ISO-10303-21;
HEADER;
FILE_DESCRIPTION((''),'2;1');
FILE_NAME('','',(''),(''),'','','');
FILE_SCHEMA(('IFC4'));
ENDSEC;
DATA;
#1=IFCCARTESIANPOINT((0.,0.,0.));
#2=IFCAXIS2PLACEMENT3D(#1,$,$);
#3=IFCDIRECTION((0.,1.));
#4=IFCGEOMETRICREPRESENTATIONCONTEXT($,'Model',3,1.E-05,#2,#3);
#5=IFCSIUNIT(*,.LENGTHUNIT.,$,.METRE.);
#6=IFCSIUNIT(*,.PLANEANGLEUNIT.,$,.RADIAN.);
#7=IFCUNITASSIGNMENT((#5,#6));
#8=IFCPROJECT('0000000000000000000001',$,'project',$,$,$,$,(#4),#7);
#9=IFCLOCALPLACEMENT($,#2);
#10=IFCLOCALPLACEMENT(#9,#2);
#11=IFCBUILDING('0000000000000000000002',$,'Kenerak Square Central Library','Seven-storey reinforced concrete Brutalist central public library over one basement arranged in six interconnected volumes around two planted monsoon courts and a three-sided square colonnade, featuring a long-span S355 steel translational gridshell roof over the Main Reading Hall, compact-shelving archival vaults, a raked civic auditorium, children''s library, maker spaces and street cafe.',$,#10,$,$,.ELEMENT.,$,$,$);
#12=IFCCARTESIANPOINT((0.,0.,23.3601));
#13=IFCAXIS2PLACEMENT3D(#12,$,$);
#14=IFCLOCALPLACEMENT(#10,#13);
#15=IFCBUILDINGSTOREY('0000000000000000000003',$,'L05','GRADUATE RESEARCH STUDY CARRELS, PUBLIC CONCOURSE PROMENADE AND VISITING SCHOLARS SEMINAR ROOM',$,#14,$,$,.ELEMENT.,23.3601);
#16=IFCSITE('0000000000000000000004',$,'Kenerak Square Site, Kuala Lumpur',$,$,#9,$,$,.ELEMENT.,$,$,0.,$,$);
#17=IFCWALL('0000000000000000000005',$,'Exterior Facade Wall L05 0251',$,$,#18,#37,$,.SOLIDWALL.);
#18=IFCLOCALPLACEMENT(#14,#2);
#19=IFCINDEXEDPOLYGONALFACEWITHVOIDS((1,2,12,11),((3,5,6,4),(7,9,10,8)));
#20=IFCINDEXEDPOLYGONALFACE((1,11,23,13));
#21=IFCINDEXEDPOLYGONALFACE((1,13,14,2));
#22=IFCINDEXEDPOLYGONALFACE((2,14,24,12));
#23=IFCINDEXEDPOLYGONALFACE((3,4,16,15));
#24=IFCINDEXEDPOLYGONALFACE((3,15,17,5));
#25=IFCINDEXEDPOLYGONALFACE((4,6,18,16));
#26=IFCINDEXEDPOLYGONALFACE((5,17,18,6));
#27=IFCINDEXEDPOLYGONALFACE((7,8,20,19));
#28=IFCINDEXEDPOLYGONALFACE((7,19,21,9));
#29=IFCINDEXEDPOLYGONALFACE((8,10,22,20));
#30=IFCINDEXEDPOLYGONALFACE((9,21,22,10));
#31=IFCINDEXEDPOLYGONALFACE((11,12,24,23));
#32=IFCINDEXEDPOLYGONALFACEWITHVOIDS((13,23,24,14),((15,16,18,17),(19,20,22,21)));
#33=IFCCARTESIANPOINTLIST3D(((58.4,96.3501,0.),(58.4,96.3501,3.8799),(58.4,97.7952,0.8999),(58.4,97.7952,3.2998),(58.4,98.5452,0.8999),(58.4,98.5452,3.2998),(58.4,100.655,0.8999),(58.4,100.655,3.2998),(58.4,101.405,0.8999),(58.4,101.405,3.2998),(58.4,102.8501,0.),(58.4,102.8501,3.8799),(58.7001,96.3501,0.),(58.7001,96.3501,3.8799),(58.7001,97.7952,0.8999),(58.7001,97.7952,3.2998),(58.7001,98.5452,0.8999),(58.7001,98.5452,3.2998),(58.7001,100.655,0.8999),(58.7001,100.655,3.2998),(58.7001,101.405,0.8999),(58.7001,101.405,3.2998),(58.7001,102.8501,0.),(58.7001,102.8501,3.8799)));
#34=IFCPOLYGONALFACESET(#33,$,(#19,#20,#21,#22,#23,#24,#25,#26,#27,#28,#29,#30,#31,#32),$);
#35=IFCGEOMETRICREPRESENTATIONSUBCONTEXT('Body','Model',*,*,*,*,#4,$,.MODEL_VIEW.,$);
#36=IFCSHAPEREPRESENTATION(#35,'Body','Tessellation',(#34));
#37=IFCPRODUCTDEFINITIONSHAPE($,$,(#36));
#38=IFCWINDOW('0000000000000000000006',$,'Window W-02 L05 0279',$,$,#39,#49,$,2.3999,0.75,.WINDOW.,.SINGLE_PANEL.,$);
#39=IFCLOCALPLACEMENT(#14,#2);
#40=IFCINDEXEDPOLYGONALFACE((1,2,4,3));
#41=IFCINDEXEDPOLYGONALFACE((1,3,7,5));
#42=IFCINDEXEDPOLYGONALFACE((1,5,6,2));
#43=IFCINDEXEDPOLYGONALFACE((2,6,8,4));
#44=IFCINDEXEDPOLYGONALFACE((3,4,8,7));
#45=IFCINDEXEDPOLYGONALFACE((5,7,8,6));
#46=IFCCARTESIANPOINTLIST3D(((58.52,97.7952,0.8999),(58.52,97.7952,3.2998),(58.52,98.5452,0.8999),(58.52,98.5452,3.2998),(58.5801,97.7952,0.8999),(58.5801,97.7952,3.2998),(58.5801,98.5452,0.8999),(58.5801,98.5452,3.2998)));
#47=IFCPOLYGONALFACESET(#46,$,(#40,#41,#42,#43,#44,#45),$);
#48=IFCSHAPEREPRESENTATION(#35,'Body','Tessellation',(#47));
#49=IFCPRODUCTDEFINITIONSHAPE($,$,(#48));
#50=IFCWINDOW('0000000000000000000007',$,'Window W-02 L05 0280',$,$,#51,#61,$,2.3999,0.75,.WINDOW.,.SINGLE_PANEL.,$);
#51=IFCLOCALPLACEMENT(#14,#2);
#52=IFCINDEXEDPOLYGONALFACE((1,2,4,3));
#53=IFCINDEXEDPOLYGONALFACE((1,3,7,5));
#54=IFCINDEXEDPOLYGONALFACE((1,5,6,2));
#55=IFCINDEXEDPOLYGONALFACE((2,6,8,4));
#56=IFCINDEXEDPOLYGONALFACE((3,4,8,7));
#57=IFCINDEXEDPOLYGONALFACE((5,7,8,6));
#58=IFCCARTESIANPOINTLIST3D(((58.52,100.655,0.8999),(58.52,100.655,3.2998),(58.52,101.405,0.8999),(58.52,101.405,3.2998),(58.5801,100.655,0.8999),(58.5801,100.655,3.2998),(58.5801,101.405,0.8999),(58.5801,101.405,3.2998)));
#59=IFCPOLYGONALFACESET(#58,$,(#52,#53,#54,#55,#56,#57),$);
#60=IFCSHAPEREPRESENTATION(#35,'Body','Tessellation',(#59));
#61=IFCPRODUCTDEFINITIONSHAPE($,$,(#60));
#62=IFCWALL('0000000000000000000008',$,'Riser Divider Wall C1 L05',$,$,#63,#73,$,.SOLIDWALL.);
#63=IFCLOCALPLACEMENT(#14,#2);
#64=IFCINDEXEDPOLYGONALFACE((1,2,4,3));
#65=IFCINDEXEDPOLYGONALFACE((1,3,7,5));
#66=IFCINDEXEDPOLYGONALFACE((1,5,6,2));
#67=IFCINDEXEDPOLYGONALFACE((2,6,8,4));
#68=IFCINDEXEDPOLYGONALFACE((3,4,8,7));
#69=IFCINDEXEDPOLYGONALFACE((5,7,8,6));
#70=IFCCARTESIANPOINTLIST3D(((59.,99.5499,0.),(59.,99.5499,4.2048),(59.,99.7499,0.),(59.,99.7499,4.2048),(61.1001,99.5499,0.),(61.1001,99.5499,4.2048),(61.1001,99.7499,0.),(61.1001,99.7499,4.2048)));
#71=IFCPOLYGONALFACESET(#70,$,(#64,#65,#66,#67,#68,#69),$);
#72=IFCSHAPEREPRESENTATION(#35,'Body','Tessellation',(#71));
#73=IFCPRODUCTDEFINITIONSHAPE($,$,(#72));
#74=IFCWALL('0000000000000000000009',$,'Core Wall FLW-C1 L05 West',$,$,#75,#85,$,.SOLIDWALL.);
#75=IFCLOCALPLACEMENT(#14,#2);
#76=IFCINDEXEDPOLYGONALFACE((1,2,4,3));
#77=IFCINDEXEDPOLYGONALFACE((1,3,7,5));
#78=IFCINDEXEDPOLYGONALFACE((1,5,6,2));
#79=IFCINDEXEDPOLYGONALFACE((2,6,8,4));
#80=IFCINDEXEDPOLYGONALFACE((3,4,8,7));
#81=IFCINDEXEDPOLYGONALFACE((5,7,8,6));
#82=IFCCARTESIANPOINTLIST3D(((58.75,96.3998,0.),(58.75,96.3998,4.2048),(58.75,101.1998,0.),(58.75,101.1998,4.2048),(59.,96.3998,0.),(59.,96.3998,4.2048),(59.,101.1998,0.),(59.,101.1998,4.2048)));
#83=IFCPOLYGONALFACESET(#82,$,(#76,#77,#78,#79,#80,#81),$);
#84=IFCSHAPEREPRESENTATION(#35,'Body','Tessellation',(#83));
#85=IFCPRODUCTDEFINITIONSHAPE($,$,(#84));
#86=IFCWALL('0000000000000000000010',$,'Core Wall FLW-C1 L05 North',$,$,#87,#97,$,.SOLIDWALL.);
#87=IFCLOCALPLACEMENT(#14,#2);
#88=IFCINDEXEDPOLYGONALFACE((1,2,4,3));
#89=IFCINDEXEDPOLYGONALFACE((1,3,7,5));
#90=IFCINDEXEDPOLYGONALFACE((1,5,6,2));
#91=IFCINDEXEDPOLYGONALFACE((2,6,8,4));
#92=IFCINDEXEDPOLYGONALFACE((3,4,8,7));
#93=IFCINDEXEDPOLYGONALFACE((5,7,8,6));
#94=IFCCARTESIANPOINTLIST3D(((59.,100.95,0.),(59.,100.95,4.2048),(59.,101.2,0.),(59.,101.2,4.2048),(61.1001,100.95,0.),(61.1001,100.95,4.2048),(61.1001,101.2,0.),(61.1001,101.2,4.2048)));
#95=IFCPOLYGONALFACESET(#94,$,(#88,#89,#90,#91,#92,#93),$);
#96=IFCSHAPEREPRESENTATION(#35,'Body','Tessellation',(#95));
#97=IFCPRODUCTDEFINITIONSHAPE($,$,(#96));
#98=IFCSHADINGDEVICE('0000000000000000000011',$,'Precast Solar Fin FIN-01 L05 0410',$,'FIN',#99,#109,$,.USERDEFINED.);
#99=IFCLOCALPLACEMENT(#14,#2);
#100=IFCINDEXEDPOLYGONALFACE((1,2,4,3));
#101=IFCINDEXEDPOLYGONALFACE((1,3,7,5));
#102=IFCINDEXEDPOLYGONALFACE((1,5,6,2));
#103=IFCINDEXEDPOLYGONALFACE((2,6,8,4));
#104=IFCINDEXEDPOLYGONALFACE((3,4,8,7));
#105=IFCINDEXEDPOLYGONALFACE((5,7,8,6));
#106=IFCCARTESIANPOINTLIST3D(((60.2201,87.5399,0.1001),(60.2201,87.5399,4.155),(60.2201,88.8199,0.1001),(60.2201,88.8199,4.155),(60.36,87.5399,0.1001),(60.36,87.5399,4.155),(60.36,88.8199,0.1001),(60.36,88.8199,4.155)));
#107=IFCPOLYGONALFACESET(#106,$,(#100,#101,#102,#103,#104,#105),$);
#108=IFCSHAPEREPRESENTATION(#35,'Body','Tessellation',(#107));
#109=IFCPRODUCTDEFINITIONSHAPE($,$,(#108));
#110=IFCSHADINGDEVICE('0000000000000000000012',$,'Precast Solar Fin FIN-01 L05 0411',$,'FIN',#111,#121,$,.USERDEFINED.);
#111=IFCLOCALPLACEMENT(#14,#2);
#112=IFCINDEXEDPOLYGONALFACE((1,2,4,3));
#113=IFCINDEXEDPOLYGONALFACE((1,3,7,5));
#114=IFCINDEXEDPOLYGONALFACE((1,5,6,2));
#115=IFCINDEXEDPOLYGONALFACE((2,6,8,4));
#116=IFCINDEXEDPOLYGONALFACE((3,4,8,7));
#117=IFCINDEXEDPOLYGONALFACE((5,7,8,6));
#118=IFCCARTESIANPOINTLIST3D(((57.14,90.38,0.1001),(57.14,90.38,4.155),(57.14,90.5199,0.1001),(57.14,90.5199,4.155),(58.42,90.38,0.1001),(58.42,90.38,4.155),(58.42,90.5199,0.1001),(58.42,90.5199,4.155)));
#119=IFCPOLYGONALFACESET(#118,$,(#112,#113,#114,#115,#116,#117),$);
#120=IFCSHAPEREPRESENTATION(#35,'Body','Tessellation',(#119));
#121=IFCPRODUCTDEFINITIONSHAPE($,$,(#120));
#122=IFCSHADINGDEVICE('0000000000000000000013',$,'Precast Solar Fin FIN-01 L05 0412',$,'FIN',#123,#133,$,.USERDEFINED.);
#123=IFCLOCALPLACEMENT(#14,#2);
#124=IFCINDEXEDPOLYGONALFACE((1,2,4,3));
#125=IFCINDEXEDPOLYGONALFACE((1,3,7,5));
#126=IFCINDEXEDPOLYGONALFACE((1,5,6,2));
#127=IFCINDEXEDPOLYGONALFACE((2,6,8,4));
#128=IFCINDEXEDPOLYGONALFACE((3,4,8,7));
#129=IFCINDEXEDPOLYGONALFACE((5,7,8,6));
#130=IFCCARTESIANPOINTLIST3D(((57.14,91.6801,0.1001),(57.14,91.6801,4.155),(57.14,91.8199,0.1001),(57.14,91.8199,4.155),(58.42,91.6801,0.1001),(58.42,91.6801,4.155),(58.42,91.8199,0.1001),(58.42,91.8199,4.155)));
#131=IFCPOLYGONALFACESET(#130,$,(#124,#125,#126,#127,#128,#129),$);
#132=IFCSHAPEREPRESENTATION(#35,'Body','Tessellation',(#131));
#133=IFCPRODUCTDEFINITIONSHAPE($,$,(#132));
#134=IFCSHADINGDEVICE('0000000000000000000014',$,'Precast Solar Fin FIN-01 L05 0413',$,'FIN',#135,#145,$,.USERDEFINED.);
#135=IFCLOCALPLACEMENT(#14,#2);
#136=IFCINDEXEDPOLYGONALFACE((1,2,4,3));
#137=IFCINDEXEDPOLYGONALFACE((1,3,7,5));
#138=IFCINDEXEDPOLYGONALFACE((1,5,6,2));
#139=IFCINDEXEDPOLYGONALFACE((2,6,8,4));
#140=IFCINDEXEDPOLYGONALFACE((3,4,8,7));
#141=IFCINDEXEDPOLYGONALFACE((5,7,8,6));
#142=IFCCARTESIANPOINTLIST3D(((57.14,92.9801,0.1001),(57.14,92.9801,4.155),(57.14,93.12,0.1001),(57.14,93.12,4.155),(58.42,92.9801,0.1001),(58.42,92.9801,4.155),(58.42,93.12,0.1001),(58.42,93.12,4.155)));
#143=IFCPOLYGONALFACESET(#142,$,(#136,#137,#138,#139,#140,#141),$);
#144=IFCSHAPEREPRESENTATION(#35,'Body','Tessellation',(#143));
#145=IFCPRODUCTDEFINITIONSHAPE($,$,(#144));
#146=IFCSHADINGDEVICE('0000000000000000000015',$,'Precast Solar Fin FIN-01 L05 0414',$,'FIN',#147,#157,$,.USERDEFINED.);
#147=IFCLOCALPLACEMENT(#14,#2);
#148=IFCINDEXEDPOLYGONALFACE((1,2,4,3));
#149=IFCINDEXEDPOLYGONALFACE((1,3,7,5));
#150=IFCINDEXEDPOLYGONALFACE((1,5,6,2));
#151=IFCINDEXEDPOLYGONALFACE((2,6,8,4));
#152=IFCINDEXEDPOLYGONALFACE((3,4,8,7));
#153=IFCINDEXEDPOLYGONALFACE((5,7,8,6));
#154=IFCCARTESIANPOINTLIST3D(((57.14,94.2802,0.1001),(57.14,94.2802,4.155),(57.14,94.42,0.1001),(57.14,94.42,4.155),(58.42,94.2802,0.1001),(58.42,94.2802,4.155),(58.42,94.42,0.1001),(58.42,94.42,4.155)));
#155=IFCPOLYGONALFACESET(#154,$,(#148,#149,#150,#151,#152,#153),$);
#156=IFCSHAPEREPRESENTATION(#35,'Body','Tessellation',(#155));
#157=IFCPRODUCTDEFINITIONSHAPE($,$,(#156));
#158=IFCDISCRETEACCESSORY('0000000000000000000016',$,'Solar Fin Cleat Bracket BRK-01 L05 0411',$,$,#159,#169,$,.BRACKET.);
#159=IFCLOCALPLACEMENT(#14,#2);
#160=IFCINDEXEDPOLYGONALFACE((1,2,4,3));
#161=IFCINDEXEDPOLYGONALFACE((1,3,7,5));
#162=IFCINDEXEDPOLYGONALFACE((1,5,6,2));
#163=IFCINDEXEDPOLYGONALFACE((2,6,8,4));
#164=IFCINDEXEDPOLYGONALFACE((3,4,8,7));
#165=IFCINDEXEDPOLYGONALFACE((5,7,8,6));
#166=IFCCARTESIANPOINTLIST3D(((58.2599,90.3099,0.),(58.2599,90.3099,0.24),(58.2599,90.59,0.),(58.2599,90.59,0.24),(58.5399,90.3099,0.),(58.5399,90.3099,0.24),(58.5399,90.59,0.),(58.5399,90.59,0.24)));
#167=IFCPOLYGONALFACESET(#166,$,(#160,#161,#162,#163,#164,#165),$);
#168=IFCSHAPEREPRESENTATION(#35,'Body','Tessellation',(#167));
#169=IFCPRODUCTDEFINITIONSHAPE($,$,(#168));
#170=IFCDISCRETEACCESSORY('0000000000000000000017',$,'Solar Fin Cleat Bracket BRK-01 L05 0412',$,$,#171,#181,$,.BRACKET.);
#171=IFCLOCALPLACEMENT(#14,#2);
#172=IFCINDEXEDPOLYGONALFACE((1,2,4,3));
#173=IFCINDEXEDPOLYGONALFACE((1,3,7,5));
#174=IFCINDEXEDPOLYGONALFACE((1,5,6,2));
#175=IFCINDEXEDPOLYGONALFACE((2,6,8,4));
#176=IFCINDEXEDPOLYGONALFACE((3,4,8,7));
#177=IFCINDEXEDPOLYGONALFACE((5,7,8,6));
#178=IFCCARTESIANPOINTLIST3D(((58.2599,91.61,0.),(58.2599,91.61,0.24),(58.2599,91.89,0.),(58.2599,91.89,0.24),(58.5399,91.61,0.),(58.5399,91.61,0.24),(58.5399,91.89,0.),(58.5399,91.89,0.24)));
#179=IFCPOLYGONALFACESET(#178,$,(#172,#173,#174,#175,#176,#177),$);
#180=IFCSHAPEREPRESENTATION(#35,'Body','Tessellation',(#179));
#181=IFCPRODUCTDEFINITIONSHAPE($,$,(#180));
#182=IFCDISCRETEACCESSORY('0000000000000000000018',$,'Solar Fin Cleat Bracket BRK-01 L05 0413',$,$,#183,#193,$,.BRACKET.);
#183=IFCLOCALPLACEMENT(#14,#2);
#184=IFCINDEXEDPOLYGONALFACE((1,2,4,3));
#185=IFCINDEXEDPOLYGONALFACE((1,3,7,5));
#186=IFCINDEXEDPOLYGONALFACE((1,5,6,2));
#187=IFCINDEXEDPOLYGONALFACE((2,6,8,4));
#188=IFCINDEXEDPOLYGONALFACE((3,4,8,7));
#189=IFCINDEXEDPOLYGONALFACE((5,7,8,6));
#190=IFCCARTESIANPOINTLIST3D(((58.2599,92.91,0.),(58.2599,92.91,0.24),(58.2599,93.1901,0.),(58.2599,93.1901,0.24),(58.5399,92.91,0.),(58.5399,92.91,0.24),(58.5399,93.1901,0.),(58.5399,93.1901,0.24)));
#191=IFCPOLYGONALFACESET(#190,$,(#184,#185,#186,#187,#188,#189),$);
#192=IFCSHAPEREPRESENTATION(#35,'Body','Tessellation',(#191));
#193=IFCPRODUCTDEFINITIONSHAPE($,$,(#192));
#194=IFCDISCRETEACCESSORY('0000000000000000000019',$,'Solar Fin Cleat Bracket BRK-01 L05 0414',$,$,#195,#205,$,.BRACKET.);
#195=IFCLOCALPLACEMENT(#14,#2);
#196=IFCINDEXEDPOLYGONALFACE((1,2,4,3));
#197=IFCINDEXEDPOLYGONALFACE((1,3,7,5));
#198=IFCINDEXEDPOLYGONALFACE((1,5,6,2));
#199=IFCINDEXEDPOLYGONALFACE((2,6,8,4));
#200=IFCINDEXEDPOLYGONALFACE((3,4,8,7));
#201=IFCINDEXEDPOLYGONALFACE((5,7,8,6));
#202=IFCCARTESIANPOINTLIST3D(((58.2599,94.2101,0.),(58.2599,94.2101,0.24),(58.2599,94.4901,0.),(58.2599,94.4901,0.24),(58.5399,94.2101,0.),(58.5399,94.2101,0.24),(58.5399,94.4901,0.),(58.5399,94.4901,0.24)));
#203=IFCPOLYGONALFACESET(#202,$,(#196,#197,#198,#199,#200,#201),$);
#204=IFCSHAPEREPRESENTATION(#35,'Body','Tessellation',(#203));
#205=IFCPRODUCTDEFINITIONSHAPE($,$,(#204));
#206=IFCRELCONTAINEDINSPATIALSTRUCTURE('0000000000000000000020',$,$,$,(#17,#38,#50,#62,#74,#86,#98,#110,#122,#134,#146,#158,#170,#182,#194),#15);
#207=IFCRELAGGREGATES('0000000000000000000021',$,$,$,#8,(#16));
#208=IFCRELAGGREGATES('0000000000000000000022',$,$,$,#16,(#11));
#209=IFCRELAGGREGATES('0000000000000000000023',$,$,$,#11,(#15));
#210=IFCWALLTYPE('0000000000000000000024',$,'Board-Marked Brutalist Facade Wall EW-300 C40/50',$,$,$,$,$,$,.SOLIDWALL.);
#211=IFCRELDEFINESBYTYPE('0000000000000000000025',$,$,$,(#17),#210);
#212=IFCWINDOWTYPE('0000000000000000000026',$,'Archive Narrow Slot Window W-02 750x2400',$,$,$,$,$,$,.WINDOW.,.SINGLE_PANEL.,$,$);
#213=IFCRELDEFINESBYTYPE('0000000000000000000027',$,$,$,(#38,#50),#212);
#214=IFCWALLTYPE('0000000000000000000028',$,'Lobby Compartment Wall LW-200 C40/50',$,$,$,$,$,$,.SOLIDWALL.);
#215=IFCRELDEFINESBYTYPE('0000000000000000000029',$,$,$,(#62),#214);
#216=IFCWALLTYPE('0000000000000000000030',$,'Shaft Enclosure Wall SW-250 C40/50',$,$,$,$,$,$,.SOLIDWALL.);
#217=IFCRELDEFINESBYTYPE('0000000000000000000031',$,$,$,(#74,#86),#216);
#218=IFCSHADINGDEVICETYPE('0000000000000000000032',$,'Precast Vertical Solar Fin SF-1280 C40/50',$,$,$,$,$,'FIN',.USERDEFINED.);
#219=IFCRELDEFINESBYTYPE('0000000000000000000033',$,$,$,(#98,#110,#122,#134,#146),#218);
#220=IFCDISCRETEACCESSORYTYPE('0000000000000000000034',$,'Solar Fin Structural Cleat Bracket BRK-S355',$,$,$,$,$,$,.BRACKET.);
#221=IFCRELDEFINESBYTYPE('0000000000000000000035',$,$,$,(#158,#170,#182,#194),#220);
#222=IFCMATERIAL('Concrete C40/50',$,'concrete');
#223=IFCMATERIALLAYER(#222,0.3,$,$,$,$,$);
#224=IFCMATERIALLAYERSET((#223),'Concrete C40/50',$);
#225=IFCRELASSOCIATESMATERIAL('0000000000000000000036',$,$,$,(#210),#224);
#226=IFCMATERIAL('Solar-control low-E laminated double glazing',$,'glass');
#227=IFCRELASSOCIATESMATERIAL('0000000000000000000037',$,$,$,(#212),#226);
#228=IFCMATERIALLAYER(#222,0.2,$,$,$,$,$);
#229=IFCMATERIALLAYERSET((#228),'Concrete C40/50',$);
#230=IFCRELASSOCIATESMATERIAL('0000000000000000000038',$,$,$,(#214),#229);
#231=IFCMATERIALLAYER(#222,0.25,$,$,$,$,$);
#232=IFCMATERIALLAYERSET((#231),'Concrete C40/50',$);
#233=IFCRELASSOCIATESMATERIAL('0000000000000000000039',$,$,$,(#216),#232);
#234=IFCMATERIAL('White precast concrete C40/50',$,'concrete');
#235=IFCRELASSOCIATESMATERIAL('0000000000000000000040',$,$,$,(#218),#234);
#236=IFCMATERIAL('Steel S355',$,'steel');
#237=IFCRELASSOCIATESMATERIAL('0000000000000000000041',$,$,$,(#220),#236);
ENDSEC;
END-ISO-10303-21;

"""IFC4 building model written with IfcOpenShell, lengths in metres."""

from ifc_helpers import new_model, si_unit, direction, frame, frame_2d, origin, origin_2d, place, context, subcontext, project, spatial, rectangle, extrude, material, layer, layer_set, type_object, element, fill, save


model = new_model("IFC4")

# Units and contexts
model_context = context("Model", 3, precision=1e-05, world=origin(), true_north=direction((0.0, 1.0)))
body_context = subcontext(model_context, "Body", "Model", "MODEL_VIEW")
ifc_project = project(units=[si_unit("LENGTHUNIT", "METRE"), si_unit("PLANEANGLEUNIT", "RADIAN")], contexts=[model_context])

# Site, building, storey
site_placement = place(None, origin())
site = spatial("IfcSite", under=ifc_project, at=site_placement, Name="Kenerak Square Site, Kuala Lumpur", CompositionType="ELEMENT", RefElevation=0.0)
building_placement = place(site_placement, origin())
building = spatial("IfcBuilding", under=site, at=building_placement, Name="Kenerak Square Central Library", Description="Seven-storey reinforced concrete Brutalist central public library over one basement arranged in six interconnected volumes around two planted monsoon courts and a three-sided square colonnade, featuring a long-span S355 steel translational gridshell roof over the Main Reading Hall, compact-shelving archival vaults, a raked civic auditorium, children's library, maker spaces and street cafe.", CompositionType="ELEMENT")
storey_placement = place(building_placement, frame((0.0, 0.0, 23.3601)))
storey = spatial("IfcBuildingStorey", under=building, at=storey_placement, Name="L05", Description="GRADUATE RESEARCH STUDY CARRELS, PUBLIC CONCOURSE PROMENADE AND VISITING SCHOLARS SEMINAR ROOM", CompositionType="ELEMENT", Elevation=23.3601)

# Shared definitions
ifc_material_1 = material(Name="Concrete C40/50", Category="concrete")

# Wall, openings, windows
ifc_layer_1 = layer(ifc_material_1, 0.3)
ifc_layer_set_1 = layer_set([ifc_layer_1], Name="Concrete C40/50")
wall_type_1 = type_object("IfcWallType", Name="Board-Marked Brutalist Facade Wall EW-300 C40/50", PredefinedType="SOLIDWALL", material=ifc_layer_set_1)
ifc_material_2 = material(Name="Solar-control low-E laminated double glazing", Category="glass")
wall_1_placement = place(storey_placement, frame((58.55, 96.3501, 0.0), z_axis=(0.0, 0.0, 1.0), x_axis=(0.0, 1.0, 0.0)))
wall_1 = element("IfcWall", 1, at=wall_1_placement, inside=storey, type_object=wall_type_1, Name="Exterior Facade Wall L05 0251", PredefinedType="SOLIDWALL", context=body_context, shape_type="SweptSolid", body=[
    extrude(rectangle(XDim=6.5, YDim=0.3, at=frame_2d((3.25, 0.0))), origin(), (0.0, 0.0, 1.0), 3.8799),
])
opening_1_placement = place(wall_1_placement, frame((1.4451, 0.0, 0.8999)))
opening_1 = element("IfcOpeningElement", 2, at=opening_1_placement, cuts=wall_1, PredefinedType="OPENING", context=body_context, shape_type="SweptSolid", body=[
    extrude(rectangle(XDim=0.75, YDim=2.3999, at=frame_2d((0.375, 1.2))), frame((0.0, 0.1599, 0.0), z_axis=(0.0, -1.0, 0.0), x_axis=(1.0, 0.0, 0.0)), (0.0, 0.0, 1.0), 0.3201),
])
opening_2_placement = place(wall_1_placement, frame((4.3049, 0.0, 0.8999)))
opening_2 = element("IfcOpeningElement", 3, at=opening_2_placement, cuts=wall_1, PredefinedType="OPENING", context=body_context, shape_type="SweptSolid", body=[
    extrude(rectangle(XDim=0.75, YDim=2.3999, at=frame_2d((0.375, 1.2))), frame((0.0, 0.1599, 0.0), z_axis=(0.0, -1.0, 0.0), x_axis=(1.0, 0.0, 0.0)), (0.0, 0.0, 1.0), 0.3201),
])
window_type_1 = type_object("IfcWindowType", Name="Archive Narrow Slot Window W-02 750x2400", PartitioningType="SINGLE_PANEL", PredefinedType="WINDOW", material=ifc_material_2)
window_1_placement = place(opening_1_placement, origin())
window_1 = element("IfcWindow", 4, at=window_1_placement, inside=storey, type_object=window_type_1, Name="Window W-02 L05 0279", OverallHeight=2.3999, OverallWidth=0.75, PartitioningType="SINGLE_PANEL", PredefinedType="WINDOW", context=body_context, shape_type="SweptSolid", body=[
    extrude(rectangle(XDim=0.75, YDim=2.3999, at=frame_2d((0.375, 1.2))), frame((0.0, 0.03, 0.0), z_axis=(0.0, -1.0, 0.0), x_axis=(1.0, 0.0, 0.0)), (0.0, 0.0, 1.0), 0.0601),
])
fill(opening_1, window_1)
window_2_placement = place(opening_2_placement, origin())
window_2 = element("IfcWindow", 5, at=window_2_placement, inside=storey, type_object=window_type_1, Name="Window W-02 L05 0280", OverallHeight=2.3999, OverallWidth=0.75, PartitioningType="SINGLE_PANEL", PredefinedType="WINDOW", context=body_context, shape_type="SweptSolid", body=[
    extrude(rectangle(XDim=0.75, YDim=2.3999, at=frame_2d((0.375, 1.2))), frame((0.0, 0.03, 0.0), z_axis=(0.0, -1.0, 0.0), x_axis=(1.0, 0.0, 0.0)), (0.0, 0.0, 1.0), 0.0601),
])
fill(opening_2, window_2)

# Walls
ifc_layer_2 = layer(ifc_material_1, 0.2)
ifc_layer_set_2 = layer_set([ifc_layer_2], Name="Concrete C40/50")
wall_type_2 = type_object("IfcWallType", Name="Lobby Compartment Wall LW-200 C40/50", PredefinedType="SOLIDWALL", material=ifc_layer_set_2)
wall_2_placement = place(storey_placement, frame((59.0, 99.6499, 0.0), z_axis=(0.0, 0.0, 1.0), x_axis=(1.0, 0.0, 0.0)))
element("IfcWall", 6, at=wall_2_placement, inside=storey, type_object=wall_type_2, Name="Riser Divider Wall C1 L05", PredefinedType="SOLIDWALL", context=body_context, shape_type="SweptSolid", body=[
    extrude(rectangle(XDim=2.1001, YDim=0.2, at=frame_2d((1.05, 0.0))), origin(), (0.0, 0.0, 1.0), 4.2048),
])
ifc_layer_3 = layer(ifc_material_1, 0.25)
ifc_layer_set_3 = layer_set([ifc_layer_3], Name="Concrete C40/50")
wall_type_3 = type_object("IfcWallType", Name="Shaft Enclosure Wall SW-250 C40/50", PredefinedType="SOLIDWALL", material=ifc_layer_set_3)
wall_3_placement = place(storey_placement, frame((58.875, 96.3999, 0.0), z_axis=(0.0, 0.0, 1.0), x_axis=(0.0, 1.0, 0.0)))
element("IfcWall", 7, at=wall_3_placement, inside=storey, type_object=wall_type_3, Name="Core Wall FLW-C1 L05 West", PredefinedType="SOLIDWALL", context=body_context, shape_type="SweptSolid", body=[
    extrude(rectangle(XDim=4.8, YDim=0.25, at=frame_2d((2.3999, 0.0))), origin(), (0.0, 0.0, 1.0), 4.2048),
])
wall_4_placement = place(storey_placement, frame((59.0, 101.075, 0.0), z_axis=(0.0, 0.0, 1.0), x_axis=(1.0, 0.0, 0.0)))
element("IfcWall", 8, at=wall_4_placement, inside=storey, type_object=wall_type_3, Name="Core Wall FLW-C1 L05 North", PredefinedType="SOLIDWALL", context=body_context, shape_type="SweptSolid", body=[
    extrude(rectangle(XDim=2.1001, YDim=0.25, at=frame_2d((1.05, 0.0))), origin(), (0.0, 0.0, 1.0), 4.2048),
])

# Shading devices
ifc_material_3 = material(Name="White precast concrete C40/50", Category="concrete")
shading_device_type = type_object("IfcShadingDeviceType", Name="Precast Vertical Solar Fin SF-1280 C40/50", ElementType="FIN", PredefinedType="USERDEFINED", material=ifc_material_3)
for number, where, z_axis, x_axis, name in (
    (9, (60.29, 88.1799, 0.1001), (0.0, 0.0, 1.0), (-1.0, 0.0, 0.0), "Precast Solar Fin FIN-01 L05 0410"),
    (10, (57.78, 90.45, 0.1001), (0.0, 0.0, 1.0), (0.0, 1.0, 0.0), "Precast Solar Fin FIN-01 L05 0411"),
    (11, (57.78, 91.75, 0.1001), (0.0, 0.0, 1.0), (0.0, 1.0, 0.0), "Precast Solar Fin FIN-01 L05 0412"),
    (12, (57.78, 93.05, 0.1001), (0.0, 0.0, 1.0), (0.0, 1.0, 0.0), "Precast Solar Fin FIN-01 L05 0413"),
    (13, (57.78, 94.3501, 0.1001), (0.0, 0.0, 1.0), (0.0, 1.0, 0.0), "Precast Solar Fin FIN-01 L05 0414"),
):
    element("IfcShadingDevice", number, at=place(storey_placement, frame(where, z_axis=z_axis, x_axis=x_axis)), inside=storey, type_object=shading_device_type, Name=name, ObjectType="FIN", PredefinedType="USERDEFINED", context=body_context, shape_type="SweptSolid", body=[
        extrude(rectangle(XDim=0.1399, YDim=1.28, at=origin_2d()), origin(), (0.0, 0.0, 1.0), 4.0549),
    ])

# Discrete accessories
ifc_material_4 = material(Name="Steel S355", Category="steel")
discrete_accessory_type = type_object("IfcDiscreteAccessoryType", Name="Solar Fin Structural Cleat Bracket BRK-S355", PredefinedType="BRACKET", material=ifc_material_4)
for number, where, z_axis, x_axis, name in (
    (14, (58.3999, 90.45, 0.0), (0.0, 0.0, 1.0), (0.0, 1.0, 0.0), "Solar Fin Cleat Bracket BRK-01 L05 0411"),
    (15, (58.3999, 91.75, 0.0), (0.0, 0.0, 1.0), (0.0, 1.0, 0.0), "Solar Fin Cleat Bracket BRK-01 L05 0412"),
    (16, (58.3999, 93.05, 0.0), (0.0, 0.0, 1.0), (0.0, 1.0, 0.0), "Solar Fin Cleat Bracket BRK-01 L05 0413"),
    (17, (58.3999, 94.3501, 0.0), (0.0, 0.0, 1.0), (0.0, 1.0, 0.0), "Solar Fin Cleat Bracket BRK-01 L05 0414"),
):
    element("IfcDiscreteAccessory", number, at=place(storey_placement, frame(where, z_axis=z_axis, x_axis=x_axis)), inside=storey, type_object=discrete_accessory_type, Name=name, PredefinedType="BRACKET", context=body_context, shape_type="SweptSolid", body=[
        extrude(rectangle(XDim=0.28, YDim=0.28, at=origin_2d()), origin(), (0.0, 0.0, 1.0), 0.24),
    ])

save(model, "model.ifc")
